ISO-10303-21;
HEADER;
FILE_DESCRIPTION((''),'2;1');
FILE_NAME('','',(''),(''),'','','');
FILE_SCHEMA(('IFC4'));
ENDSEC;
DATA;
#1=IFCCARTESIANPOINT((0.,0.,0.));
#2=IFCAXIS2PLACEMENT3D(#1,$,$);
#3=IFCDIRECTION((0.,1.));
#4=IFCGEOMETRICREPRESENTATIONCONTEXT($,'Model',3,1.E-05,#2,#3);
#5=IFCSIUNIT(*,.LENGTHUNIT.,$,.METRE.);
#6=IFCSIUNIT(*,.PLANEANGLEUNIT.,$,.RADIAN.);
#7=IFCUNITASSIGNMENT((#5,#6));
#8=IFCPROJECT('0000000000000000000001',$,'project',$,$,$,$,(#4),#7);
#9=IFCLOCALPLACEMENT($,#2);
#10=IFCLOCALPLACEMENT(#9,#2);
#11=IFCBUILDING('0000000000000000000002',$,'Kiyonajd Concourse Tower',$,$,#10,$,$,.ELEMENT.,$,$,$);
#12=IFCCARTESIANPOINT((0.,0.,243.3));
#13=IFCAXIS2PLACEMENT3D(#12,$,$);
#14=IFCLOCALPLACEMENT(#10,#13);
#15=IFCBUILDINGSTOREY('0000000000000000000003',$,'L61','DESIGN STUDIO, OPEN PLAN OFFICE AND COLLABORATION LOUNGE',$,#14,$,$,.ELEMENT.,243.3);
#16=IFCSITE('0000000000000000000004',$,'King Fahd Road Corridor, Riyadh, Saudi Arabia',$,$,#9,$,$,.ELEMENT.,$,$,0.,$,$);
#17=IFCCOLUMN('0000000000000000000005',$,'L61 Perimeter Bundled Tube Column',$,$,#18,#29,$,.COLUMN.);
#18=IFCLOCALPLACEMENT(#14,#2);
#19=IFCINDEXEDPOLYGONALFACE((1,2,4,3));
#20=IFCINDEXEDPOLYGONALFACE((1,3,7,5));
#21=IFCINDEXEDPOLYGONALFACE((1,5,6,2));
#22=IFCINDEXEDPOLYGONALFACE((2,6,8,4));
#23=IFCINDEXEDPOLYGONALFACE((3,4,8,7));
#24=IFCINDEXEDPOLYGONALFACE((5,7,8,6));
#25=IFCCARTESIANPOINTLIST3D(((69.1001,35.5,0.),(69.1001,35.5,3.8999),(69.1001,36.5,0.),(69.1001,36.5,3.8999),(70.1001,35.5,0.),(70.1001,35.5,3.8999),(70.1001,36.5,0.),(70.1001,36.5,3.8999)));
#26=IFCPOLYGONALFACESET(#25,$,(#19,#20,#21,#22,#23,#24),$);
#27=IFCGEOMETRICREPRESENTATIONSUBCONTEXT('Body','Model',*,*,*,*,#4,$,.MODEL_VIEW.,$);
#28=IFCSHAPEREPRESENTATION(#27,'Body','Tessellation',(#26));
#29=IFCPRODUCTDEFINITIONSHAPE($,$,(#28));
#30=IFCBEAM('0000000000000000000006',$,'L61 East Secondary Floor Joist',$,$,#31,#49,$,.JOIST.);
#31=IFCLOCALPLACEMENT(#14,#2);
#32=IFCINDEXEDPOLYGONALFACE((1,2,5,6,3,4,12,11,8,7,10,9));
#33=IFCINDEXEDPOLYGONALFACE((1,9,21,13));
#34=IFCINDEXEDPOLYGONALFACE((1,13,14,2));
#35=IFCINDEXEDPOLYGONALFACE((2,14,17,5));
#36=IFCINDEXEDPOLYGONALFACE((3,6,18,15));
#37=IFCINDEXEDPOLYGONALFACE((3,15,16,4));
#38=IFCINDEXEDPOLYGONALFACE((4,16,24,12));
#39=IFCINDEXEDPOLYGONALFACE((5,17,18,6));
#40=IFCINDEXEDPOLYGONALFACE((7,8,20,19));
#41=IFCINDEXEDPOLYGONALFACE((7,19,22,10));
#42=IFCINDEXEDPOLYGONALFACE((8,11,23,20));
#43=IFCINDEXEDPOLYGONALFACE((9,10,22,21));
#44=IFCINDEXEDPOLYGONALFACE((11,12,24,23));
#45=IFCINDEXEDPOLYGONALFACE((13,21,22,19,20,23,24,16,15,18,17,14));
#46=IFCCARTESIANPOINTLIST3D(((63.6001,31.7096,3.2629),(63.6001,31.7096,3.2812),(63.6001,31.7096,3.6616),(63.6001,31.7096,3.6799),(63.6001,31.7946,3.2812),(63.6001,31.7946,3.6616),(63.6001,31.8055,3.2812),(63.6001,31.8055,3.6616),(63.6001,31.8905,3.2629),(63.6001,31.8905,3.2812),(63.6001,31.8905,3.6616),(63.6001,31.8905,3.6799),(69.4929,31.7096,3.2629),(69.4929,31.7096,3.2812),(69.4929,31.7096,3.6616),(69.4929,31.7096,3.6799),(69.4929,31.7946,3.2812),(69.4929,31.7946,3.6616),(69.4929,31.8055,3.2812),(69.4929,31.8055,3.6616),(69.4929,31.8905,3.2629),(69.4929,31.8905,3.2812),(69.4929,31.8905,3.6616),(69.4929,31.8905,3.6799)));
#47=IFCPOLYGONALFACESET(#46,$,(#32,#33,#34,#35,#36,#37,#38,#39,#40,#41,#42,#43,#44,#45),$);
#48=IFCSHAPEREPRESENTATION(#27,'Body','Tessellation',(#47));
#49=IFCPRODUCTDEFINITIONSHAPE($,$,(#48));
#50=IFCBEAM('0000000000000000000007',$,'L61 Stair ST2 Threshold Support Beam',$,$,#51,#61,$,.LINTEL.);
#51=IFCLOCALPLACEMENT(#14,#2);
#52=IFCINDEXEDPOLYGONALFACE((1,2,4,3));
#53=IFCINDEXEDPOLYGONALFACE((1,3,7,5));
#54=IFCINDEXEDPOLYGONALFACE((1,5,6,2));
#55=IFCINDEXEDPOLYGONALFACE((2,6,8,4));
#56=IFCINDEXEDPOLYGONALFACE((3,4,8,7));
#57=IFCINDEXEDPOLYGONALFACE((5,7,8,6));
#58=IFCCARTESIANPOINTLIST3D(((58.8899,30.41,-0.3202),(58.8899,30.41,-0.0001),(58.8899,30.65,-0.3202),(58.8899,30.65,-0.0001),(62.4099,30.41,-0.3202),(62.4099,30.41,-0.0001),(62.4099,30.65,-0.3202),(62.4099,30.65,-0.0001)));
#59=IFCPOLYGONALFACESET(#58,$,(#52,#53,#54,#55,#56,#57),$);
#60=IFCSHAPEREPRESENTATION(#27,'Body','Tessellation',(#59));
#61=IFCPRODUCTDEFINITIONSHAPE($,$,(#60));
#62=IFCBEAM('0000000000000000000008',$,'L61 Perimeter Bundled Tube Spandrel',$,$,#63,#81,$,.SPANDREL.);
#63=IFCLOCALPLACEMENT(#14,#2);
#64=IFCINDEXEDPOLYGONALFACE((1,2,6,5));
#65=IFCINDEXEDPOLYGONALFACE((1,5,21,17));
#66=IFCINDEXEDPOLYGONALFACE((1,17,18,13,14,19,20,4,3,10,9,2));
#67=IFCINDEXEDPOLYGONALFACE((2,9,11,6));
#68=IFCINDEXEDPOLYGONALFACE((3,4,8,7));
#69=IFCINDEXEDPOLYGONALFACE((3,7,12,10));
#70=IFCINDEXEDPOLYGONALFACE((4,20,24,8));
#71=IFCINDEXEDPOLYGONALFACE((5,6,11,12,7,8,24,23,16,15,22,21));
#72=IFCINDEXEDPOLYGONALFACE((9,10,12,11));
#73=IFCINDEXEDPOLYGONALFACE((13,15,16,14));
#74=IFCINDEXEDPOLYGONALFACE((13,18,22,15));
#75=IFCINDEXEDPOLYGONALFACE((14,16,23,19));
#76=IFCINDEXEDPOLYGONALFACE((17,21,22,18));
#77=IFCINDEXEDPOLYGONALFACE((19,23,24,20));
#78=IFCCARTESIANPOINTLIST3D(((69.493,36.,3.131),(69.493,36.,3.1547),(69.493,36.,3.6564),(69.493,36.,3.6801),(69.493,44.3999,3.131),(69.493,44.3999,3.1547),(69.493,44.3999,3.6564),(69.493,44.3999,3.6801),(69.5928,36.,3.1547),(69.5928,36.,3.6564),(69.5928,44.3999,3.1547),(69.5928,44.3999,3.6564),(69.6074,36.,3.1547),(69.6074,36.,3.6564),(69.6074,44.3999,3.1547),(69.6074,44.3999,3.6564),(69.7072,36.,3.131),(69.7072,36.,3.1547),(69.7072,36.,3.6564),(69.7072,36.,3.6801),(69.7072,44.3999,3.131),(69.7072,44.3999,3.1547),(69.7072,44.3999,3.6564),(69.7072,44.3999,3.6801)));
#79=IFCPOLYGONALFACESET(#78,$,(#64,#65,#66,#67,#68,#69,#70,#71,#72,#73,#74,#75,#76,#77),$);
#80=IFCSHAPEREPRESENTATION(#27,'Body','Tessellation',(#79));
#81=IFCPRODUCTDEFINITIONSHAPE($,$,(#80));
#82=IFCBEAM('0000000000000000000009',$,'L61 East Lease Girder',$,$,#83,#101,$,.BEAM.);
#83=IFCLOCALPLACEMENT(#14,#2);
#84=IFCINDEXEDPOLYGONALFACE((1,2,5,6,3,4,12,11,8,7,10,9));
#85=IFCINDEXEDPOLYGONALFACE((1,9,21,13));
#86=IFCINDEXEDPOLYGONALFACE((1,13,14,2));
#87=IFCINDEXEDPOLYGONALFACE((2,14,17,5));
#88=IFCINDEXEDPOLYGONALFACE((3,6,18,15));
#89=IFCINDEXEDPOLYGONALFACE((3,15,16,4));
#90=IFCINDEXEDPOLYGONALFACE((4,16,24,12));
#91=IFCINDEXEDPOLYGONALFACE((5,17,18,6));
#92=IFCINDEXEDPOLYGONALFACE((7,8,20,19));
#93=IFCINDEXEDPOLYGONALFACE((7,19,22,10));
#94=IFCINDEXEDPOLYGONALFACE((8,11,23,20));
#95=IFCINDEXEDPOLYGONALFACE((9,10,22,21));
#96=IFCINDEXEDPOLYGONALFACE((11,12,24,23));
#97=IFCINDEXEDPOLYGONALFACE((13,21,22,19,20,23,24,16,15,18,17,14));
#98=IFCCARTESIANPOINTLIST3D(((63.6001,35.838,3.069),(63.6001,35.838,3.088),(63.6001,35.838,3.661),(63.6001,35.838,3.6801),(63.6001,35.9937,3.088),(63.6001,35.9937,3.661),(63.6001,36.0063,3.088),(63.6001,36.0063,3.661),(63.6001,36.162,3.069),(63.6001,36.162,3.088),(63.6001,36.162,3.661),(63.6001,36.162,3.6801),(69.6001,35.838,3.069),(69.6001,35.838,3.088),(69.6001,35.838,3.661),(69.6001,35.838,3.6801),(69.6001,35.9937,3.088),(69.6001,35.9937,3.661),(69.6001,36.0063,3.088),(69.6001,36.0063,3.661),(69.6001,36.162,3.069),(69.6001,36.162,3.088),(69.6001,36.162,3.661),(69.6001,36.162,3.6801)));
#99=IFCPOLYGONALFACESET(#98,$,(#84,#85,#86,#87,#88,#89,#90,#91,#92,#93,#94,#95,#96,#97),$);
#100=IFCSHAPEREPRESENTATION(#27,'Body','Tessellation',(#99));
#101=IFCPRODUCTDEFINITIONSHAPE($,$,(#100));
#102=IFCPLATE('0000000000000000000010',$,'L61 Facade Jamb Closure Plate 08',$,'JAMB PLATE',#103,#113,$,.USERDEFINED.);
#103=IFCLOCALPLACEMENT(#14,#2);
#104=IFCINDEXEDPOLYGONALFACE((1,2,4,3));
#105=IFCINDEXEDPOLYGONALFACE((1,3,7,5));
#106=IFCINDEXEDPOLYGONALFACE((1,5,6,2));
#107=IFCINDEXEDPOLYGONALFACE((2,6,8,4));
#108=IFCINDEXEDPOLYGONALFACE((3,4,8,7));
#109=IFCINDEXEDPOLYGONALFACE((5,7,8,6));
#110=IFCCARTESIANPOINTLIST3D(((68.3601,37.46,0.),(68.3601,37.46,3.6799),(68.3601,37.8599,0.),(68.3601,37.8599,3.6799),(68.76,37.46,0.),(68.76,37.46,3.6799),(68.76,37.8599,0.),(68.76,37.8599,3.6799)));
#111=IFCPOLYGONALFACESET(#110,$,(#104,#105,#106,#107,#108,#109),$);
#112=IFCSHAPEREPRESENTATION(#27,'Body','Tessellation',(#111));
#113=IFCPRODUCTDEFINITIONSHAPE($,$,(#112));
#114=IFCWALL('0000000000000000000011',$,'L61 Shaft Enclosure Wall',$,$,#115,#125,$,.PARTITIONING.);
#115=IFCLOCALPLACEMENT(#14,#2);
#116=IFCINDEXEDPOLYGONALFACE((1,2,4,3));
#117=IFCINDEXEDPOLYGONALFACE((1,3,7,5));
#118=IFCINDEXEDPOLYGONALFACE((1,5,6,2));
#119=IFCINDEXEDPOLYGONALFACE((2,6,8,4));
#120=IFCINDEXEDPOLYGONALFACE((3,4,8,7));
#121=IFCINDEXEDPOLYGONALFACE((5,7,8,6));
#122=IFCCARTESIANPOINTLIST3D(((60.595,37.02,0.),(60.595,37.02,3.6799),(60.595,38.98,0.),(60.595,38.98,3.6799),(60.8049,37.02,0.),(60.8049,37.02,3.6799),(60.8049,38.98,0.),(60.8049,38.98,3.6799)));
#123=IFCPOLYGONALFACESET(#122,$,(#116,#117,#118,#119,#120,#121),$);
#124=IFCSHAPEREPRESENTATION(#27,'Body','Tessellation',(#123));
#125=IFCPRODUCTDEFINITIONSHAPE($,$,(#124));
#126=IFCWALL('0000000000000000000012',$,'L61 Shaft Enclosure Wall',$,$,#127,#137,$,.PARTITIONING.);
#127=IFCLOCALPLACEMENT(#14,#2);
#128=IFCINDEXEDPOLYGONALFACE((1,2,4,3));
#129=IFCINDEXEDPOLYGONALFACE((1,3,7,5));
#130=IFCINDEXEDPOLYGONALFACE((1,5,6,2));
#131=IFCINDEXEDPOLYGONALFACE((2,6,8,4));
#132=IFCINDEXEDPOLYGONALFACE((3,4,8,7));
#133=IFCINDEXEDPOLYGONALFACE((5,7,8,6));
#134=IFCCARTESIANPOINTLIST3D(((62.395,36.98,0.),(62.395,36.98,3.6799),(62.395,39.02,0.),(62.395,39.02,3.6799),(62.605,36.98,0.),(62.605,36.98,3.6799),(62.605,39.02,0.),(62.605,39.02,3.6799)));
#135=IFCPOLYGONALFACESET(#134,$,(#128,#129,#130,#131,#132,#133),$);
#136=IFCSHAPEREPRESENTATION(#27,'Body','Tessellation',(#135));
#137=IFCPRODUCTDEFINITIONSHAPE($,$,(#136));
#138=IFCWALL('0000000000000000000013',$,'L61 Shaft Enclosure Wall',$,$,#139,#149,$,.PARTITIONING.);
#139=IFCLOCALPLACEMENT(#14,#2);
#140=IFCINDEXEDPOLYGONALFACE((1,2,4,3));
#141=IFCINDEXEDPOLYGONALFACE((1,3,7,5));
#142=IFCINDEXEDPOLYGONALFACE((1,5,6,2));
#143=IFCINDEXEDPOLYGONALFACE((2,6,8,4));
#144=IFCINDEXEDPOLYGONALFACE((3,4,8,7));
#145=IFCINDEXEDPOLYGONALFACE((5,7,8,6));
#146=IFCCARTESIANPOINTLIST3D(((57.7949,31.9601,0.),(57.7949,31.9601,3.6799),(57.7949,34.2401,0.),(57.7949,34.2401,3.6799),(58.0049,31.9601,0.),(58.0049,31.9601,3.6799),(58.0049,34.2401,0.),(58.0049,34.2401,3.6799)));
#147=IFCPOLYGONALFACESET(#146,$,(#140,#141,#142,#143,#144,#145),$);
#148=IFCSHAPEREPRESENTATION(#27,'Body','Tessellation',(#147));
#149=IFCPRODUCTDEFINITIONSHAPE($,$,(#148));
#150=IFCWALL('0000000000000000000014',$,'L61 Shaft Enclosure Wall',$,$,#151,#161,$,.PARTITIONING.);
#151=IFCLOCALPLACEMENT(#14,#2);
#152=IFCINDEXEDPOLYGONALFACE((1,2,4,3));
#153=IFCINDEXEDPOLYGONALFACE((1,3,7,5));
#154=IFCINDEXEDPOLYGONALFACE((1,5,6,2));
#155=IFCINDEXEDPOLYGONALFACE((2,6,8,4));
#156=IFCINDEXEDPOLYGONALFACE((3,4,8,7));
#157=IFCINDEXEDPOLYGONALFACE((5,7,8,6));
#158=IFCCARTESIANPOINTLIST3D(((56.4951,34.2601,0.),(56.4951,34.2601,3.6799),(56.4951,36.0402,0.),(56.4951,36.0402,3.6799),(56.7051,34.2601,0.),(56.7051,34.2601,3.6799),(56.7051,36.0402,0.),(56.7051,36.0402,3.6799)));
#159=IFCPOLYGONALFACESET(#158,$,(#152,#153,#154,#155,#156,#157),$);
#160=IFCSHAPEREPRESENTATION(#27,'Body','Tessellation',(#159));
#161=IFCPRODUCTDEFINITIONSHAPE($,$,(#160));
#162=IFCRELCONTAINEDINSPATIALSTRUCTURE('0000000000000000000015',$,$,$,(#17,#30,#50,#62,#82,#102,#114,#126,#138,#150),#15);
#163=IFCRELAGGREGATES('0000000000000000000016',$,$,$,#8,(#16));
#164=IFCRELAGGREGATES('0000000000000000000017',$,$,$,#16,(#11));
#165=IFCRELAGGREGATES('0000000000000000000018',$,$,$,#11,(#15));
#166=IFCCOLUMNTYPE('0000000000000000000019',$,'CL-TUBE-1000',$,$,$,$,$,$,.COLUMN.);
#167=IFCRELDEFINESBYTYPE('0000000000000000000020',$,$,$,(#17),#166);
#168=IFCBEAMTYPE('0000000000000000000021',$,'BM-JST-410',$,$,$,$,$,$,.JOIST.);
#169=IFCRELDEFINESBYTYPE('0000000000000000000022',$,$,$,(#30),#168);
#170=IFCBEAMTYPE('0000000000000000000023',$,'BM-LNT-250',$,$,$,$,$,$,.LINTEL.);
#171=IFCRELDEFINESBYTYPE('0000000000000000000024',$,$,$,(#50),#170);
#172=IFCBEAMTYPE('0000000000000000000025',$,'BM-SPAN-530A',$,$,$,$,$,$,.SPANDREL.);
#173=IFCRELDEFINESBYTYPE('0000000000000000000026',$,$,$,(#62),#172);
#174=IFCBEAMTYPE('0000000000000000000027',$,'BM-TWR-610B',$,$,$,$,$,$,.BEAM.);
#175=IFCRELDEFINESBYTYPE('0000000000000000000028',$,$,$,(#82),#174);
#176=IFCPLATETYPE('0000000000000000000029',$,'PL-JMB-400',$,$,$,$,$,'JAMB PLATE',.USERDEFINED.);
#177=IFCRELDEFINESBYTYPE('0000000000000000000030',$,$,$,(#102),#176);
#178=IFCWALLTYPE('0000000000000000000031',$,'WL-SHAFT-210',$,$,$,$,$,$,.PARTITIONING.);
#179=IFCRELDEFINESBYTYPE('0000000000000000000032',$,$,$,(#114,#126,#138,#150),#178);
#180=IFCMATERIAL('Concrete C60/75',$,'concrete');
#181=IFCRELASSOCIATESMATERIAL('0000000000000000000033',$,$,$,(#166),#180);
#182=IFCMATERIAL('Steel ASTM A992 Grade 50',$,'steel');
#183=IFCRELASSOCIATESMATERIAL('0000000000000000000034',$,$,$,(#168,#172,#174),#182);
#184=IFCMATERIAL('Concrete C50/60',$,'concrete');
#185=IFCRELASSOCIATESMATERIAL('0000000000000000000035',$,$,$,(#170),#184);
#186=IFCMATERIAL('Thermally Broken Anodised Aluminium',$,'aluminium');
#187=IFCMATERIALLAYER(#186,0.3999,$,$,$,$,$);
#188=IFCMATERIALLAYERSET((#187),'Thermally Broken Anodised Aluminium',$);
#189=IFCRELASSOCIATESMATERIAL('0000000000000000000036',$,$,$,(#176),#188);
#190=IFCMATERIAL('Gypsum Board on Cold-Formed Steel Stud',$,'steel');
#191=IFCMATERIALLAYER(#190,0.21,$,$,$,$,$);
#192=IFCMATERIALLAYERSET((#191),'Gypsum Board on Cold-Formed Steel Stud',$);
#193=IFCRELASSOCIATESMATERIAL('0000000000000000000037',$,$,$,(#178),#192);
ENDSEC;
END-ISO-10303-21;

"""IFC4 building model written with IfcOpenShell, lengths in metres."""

from ifc_helpers import new_model, si_unit, direction, frame, frame_2d, origin, origin_2d, place, context, subcontext, project, spatial, rectangle, i_section, extrude, material, layer, layer_set, material_profile, profile_set, type_object, element, save


model = new_model("IFC4")

# Units and contexts
model_context = context("Model", 3, precision=1e-05, world=origin(), true_north=direction((0.0, 1.0)))
body_context = subcontext(model_context, "Body", "Model", "MODEL_VIEW")
ifc_project = project(units=[si_unit("LENGTHUNIT", "METRE"), si_unit("PLANEANGLEUNIT", "RADIAN")], contexts=[model_context])

# Site, building, storey
site_placement = place(None, origin())
site = spatial("IfcSite", under=ifc_project, at=site_placement, Name="King Fahd Road Corridor, Riyadh, Saudi Arabia", CompositionType="ELEMENT", RefElevation=0.0)
building_placement = place(site_placement, origin())
building = spatial("IfcBuilding", under=site, at=building_placement, Name="Kiyonajd Concourse Tower", CompositionType="ELEMENT")
storey_placement = place(building_placement, frame((0.0, 0.0, 243.3)))
storey = spatial("IfcBuildingStorey", under=building, at=storey_placement, Name="L61", Description="DESIGN STUDIO, OPEN PLAN OFFICE AND COLLABORATION LOUNGE", CompositionType="ELEMENT", Elevation=243.3)

# Column
ifc_material_1 = material(Name="Concrete C60/75", Category="concrete")
ifc_material_profile_1 = material_profile(ifc_material_1, rectangle(XDim=1.0, YDim=1.0, at=origin_2d()), Name="RC-1000x1000")
ifc_profile_set_1 = profile_set([ifc_material_profile_1], Name="Concrete C60/75")
column_type = type_object("IfcColumnType", Name="CL-TUBE-1000", PredefinedType="COLUMN", material=ifc_profile_set_1)
column_placement = place(storey_placement, frame((69.6001, 36.0, 0.0), z_axis=(0.0, 0.0, 1.0), x_axis=(1.0, 0.0, 0.0)))
element("IfcColumn", 1, at=column_placement, inside=storey, type_object=column_type, Name="L61 Perimeter Bundled Tube Column", PredefinedType="COLUMN", context=body_context, shape_type="SweptSolid", body=[
    extrude(rectangle(XDim=1.0, YDim=1.0, at=origin_2d()), origin(), (0.0, 0.0, 1.0), 3.8999),
])

# Beams
ifc_material_2 = material(Name="Steel ASTM A992 Grade 50", Category="steel")
ifc_material_profile_2 = material_profile(ifc_material_2, i_section(OverallWidth=0.1809, OverallDepth=0.417, WebThickness=0.011, FlangeThickness=0.0183, at=origin_2d()), Name="W410X85")
ifc_profile_set_2 = profile_set([ifc_material_profile_2], Name="Steel ASTM A992 Grade 50")
beam_type_1 = type_object("IfcBeamType", Name="BM-JST-410", PredefinedType="JOIST", material=ifc_profile_set_2)
beam_1_placement = place(storey_placement, frame((63.6001, 31.8, 3.4714), z_axis=(1.0, 0.0, 0.0), x_axis=(0.0, 1.0, 0.0)))
element("IfcBeam", 2, at=beam_1_placement, inside=storey, type_object=beam_type_1, Name="L61 East Secondary Floor Joist", PredefinedType="JOIST", context=body_context, shape_type="SweptSolid", body=[
    extrude(i_section(OverallWidth=0.1809, OverallDepth=0.417, WebThickness=0.011, FlangeThickness=0.0183, at=origin_2d()), origin(), (0.0, 0.0, 1.0), 5.8928),
])
ifc_material_3 = material(Name="Concrete C50/60", Category="concrete")
ifc_material_profile_3 = material_profile(ifc_material_3, rectangle(XDim=0.24, YDim=0.3201, at=origin_2d()), Name="RCBM-240x320")
ifc_profile_set_3 = profile_set([ifc_material_profile_3], Name="Concrete C50/60")
beam_type_2 = type_object("IfcBeamType", Name="BM-LNT-250", PredefinedType="LINTEL", material=ifc_profile_set_3)
beam_2_placement = place(storey_placement, frame((58.8899, 30.53, -0.1602), z_axis=(1.0, 0.0, 0.0), x_axis=(0.0, 1.0, 0.0)))
element("IfcBeam", 3, at=beam_2_placement, inside=storey, type_object=beam_type_2, Name="L61 Stair ST2 Threshold Support Beam", PredefinedType="LINTEL", context=body_context, shape_type="SweptSolid", body=[
    extrude(rectangle(XDim=0.24, YDim=0.3201, at=origin_2d()), origin(), (0.0, 0.0, 1.0), 3.52),
])
ifc_material_profile_4 = material_profile(ifc_material_2, i_section(OverallWidth=0.2141, OverallDepth=0.5491, WebThickness=0.0146, FlangeThickness=0.0237, at=origin_2d()), Name="W530X138")
ifc_profile_set_4 = profile_set([ifc_material_profile_4], Name="Steel ASTM A992 Grade 50")
beam_type_3 = type_object("IfcBeamType", Name="BM-SPAN-530A", PredefinedType="SPANDREL", material=ifc_profile_set_4)
beam_3_placement = place(storey_placement, frame((69.6001, 36.0, 3.4055), z_axis=(0.0, 1.0, 0.0), x_axis=(-1.0, 0.0, 0.0)))
element("IfcBeam", 4, at=beam_3_placement, inside=storey, type_object=beam_type_3, Name="L61 Perimeter Bundled Tube Spandrel", PredefinedType="SPANDREL", context=body_context, shape_type="SweptSolid", body=[
    extrude(i_section(OverallWidth=0.2141, OverallDepth=0.5491, WebThickness=0.0146, FlangeThickness=0.0237, at=origin_2d()), origin(), (0.0, 0.0, 1.0), 8.3999),
])
ifc_material_profile_5 = material_profile(ifc_material_2, i_section(OverallWidth=0.324, OverallDepth=0.6111, WebThickness=0.0127, FlangeThickness=0.019, at=origin_2d()), Name="W610X155")
ifc_profile_set_5 = profile_set([ifc_material_profile_5], Name="Steel ASTM A992 Grade 50")
beam_type_4 = type_object("IfcBeamType", Name="BM-TWR-610B", PredefinedType="BEAM", material=ifc_profile_set_5)
beam_4_placement = place(storey_placement, frame((63.6001, 36.0, 3.3745), z_axis=(1.0, 0.0, 0.0), x_axis=(0.0, 1.0, 0.0)))
element("IfcBeam", 5, at=beam_4_placement, inside=storey, type_object=beam_type_4, Name="L61 East Lease Girder", PredefinedType="BEAM", context=body_context, shape_type="SweptSolid", body=[
    extrude(i_section(OverallWidth=0.324, OverallDepth=0.6111, WebThickness=0.0127, FlangeThickness=0.019, at=origin_2d()), origin(), (0.0, 0.0, 1.0), 6.0),
])

# Plate
ifc_material_4 = material(Name="Thermally Broken Anodised Aluminium", Category="aluminium")
ifc_layer_1 = layer(ifc_material_4, 0.3999)
ifc_layer_set_1 = layer_set([ifc_layer_1], Name="Thermally Broken Anodised Aluminium")
plate_type = type_object("IfcPlateType", Name="PL-JMB-400", ElementType="JAMB PLATE", PredefinedType="USERDEFINED", material=ifc_layer_set_1)
plate_placement = place(storey_placement, frame((68.5601, 37.6599, 0.0), z_axis=(0.0, 0.0, 1.0), x_axis=(1.0, 0.0, 0.0)))
element("IfcPlate", 6, at=plate_placement, inside=storey, type_object=plate_type, Name="L61 Facade Jamb Closure Plate 08", ObjectType="JAMB PLATE", PredefinedType="USERDEFINED", context=body_context, shape_type="SweptSolid", body=[
    extrude(rectangle(XDim=0.3999, YDim=0.3999, at=origin_2d()), origin(), (0.0, 0.0, 1.0), 3.6799),
])

# Walls
ifc_material_5 = material(Name="Gypsum Board on Cold-Formed Steel Stud", Category="steel")
ifc_layer_2 = layer(ifc_material_5, 0.21)
ifc_layer_set_2 = layer_set([ifc_layer_2], Name="Gypsum Board on Cold-Formed Steel Stud")
wall_type_1 = type_object("IfcWallType", Name="WL-SHAFT-210", PredefinedType="PARTITIONING", material=ifc_layer_set_2)
wall_1_placement = place(storey_placement, frame((60.7, 37.02, 0.0), z_axis=(0.0, 0.0, 1.0), x_axis=(0.0, 1.0, 0.0)))
element("IfcWall", 7, at=wall_1_placement, inside=storey, type_object=wall_type_1, Name="L61 Shaft Enclosure Wall", PredefinedType="PARTITIONING", context=body_context, shape_type="SweptSolid", body=[
    extrude(rectangle(XDim=1.96, YDim=0.21, at=frame_2d((0.98, 0.0))), origin(), (0.0, 0.0, 1.0), 3.6799),
])
wall_2_placement = place(storey_placement, frame((62.5, 36.98, 0.0), z_axis=(0.0, 0.0, 1.0), x_axis=(0.0, 1.0, 0.0)))
element("IfcWall", 8, at=wall_2_placement, inside=storey, type_object=wall_type_1, Name="L61 Shaft Enclosure Wall", PredefinedType="PARTITIONING", context=body_context, shape_type="SweptSolid", body=[
    extrude(rectangle(XDim=2.04, YDim=0.21, at=frame_2d((1.02, 0.0))), origin(), (0.0, 0.0, 1.0), 3.6799),
])
wall_3_placement = place(storey_placement, frame((57.8999, 31.96, 0.0), z_axis=(0.0, 0.0, 1.0), x_axis=(0.0, 1.0, 0.0)))
element("IfcWall", 9, at=wall_3_placement, inside=storey, type_object=wall_type_1, Name="L61 Shaft Enclosure Wall", PredefinedType="PARTITIONING", context=body_context, shape_type="SweptSolid", body=[
    extrude(rectangle(XDim=2.28, YDim=0.21, at=frame_2d((1.1401, 0.0))), origin(), (0.0, 0.0, 1.0), 3.6799),
])
wall_4_placement = place(storey_placement, frame((56.6001, 34.26, 0.0), z_axis=(0.0, 0.0, 1.0), x_axis=(0.0, 1.0, 0.0)))
element("IfcWall", 10, at=wall_4_placement, inside=storey, type_object=wall_type_1, Name="L61 Shaft Enclosure Wall", PredefinedType="PARTITIONING", context=body_context, shape_type="SweptSolid", body=[
    extrude(rectangle(XDim=1.78, YDim=0.21, at=frame_2d((0.8901, 0.0))), origin(), (0.0, 0.0, 1.0), 3.6799),
])

save(model, "model.ifc")
